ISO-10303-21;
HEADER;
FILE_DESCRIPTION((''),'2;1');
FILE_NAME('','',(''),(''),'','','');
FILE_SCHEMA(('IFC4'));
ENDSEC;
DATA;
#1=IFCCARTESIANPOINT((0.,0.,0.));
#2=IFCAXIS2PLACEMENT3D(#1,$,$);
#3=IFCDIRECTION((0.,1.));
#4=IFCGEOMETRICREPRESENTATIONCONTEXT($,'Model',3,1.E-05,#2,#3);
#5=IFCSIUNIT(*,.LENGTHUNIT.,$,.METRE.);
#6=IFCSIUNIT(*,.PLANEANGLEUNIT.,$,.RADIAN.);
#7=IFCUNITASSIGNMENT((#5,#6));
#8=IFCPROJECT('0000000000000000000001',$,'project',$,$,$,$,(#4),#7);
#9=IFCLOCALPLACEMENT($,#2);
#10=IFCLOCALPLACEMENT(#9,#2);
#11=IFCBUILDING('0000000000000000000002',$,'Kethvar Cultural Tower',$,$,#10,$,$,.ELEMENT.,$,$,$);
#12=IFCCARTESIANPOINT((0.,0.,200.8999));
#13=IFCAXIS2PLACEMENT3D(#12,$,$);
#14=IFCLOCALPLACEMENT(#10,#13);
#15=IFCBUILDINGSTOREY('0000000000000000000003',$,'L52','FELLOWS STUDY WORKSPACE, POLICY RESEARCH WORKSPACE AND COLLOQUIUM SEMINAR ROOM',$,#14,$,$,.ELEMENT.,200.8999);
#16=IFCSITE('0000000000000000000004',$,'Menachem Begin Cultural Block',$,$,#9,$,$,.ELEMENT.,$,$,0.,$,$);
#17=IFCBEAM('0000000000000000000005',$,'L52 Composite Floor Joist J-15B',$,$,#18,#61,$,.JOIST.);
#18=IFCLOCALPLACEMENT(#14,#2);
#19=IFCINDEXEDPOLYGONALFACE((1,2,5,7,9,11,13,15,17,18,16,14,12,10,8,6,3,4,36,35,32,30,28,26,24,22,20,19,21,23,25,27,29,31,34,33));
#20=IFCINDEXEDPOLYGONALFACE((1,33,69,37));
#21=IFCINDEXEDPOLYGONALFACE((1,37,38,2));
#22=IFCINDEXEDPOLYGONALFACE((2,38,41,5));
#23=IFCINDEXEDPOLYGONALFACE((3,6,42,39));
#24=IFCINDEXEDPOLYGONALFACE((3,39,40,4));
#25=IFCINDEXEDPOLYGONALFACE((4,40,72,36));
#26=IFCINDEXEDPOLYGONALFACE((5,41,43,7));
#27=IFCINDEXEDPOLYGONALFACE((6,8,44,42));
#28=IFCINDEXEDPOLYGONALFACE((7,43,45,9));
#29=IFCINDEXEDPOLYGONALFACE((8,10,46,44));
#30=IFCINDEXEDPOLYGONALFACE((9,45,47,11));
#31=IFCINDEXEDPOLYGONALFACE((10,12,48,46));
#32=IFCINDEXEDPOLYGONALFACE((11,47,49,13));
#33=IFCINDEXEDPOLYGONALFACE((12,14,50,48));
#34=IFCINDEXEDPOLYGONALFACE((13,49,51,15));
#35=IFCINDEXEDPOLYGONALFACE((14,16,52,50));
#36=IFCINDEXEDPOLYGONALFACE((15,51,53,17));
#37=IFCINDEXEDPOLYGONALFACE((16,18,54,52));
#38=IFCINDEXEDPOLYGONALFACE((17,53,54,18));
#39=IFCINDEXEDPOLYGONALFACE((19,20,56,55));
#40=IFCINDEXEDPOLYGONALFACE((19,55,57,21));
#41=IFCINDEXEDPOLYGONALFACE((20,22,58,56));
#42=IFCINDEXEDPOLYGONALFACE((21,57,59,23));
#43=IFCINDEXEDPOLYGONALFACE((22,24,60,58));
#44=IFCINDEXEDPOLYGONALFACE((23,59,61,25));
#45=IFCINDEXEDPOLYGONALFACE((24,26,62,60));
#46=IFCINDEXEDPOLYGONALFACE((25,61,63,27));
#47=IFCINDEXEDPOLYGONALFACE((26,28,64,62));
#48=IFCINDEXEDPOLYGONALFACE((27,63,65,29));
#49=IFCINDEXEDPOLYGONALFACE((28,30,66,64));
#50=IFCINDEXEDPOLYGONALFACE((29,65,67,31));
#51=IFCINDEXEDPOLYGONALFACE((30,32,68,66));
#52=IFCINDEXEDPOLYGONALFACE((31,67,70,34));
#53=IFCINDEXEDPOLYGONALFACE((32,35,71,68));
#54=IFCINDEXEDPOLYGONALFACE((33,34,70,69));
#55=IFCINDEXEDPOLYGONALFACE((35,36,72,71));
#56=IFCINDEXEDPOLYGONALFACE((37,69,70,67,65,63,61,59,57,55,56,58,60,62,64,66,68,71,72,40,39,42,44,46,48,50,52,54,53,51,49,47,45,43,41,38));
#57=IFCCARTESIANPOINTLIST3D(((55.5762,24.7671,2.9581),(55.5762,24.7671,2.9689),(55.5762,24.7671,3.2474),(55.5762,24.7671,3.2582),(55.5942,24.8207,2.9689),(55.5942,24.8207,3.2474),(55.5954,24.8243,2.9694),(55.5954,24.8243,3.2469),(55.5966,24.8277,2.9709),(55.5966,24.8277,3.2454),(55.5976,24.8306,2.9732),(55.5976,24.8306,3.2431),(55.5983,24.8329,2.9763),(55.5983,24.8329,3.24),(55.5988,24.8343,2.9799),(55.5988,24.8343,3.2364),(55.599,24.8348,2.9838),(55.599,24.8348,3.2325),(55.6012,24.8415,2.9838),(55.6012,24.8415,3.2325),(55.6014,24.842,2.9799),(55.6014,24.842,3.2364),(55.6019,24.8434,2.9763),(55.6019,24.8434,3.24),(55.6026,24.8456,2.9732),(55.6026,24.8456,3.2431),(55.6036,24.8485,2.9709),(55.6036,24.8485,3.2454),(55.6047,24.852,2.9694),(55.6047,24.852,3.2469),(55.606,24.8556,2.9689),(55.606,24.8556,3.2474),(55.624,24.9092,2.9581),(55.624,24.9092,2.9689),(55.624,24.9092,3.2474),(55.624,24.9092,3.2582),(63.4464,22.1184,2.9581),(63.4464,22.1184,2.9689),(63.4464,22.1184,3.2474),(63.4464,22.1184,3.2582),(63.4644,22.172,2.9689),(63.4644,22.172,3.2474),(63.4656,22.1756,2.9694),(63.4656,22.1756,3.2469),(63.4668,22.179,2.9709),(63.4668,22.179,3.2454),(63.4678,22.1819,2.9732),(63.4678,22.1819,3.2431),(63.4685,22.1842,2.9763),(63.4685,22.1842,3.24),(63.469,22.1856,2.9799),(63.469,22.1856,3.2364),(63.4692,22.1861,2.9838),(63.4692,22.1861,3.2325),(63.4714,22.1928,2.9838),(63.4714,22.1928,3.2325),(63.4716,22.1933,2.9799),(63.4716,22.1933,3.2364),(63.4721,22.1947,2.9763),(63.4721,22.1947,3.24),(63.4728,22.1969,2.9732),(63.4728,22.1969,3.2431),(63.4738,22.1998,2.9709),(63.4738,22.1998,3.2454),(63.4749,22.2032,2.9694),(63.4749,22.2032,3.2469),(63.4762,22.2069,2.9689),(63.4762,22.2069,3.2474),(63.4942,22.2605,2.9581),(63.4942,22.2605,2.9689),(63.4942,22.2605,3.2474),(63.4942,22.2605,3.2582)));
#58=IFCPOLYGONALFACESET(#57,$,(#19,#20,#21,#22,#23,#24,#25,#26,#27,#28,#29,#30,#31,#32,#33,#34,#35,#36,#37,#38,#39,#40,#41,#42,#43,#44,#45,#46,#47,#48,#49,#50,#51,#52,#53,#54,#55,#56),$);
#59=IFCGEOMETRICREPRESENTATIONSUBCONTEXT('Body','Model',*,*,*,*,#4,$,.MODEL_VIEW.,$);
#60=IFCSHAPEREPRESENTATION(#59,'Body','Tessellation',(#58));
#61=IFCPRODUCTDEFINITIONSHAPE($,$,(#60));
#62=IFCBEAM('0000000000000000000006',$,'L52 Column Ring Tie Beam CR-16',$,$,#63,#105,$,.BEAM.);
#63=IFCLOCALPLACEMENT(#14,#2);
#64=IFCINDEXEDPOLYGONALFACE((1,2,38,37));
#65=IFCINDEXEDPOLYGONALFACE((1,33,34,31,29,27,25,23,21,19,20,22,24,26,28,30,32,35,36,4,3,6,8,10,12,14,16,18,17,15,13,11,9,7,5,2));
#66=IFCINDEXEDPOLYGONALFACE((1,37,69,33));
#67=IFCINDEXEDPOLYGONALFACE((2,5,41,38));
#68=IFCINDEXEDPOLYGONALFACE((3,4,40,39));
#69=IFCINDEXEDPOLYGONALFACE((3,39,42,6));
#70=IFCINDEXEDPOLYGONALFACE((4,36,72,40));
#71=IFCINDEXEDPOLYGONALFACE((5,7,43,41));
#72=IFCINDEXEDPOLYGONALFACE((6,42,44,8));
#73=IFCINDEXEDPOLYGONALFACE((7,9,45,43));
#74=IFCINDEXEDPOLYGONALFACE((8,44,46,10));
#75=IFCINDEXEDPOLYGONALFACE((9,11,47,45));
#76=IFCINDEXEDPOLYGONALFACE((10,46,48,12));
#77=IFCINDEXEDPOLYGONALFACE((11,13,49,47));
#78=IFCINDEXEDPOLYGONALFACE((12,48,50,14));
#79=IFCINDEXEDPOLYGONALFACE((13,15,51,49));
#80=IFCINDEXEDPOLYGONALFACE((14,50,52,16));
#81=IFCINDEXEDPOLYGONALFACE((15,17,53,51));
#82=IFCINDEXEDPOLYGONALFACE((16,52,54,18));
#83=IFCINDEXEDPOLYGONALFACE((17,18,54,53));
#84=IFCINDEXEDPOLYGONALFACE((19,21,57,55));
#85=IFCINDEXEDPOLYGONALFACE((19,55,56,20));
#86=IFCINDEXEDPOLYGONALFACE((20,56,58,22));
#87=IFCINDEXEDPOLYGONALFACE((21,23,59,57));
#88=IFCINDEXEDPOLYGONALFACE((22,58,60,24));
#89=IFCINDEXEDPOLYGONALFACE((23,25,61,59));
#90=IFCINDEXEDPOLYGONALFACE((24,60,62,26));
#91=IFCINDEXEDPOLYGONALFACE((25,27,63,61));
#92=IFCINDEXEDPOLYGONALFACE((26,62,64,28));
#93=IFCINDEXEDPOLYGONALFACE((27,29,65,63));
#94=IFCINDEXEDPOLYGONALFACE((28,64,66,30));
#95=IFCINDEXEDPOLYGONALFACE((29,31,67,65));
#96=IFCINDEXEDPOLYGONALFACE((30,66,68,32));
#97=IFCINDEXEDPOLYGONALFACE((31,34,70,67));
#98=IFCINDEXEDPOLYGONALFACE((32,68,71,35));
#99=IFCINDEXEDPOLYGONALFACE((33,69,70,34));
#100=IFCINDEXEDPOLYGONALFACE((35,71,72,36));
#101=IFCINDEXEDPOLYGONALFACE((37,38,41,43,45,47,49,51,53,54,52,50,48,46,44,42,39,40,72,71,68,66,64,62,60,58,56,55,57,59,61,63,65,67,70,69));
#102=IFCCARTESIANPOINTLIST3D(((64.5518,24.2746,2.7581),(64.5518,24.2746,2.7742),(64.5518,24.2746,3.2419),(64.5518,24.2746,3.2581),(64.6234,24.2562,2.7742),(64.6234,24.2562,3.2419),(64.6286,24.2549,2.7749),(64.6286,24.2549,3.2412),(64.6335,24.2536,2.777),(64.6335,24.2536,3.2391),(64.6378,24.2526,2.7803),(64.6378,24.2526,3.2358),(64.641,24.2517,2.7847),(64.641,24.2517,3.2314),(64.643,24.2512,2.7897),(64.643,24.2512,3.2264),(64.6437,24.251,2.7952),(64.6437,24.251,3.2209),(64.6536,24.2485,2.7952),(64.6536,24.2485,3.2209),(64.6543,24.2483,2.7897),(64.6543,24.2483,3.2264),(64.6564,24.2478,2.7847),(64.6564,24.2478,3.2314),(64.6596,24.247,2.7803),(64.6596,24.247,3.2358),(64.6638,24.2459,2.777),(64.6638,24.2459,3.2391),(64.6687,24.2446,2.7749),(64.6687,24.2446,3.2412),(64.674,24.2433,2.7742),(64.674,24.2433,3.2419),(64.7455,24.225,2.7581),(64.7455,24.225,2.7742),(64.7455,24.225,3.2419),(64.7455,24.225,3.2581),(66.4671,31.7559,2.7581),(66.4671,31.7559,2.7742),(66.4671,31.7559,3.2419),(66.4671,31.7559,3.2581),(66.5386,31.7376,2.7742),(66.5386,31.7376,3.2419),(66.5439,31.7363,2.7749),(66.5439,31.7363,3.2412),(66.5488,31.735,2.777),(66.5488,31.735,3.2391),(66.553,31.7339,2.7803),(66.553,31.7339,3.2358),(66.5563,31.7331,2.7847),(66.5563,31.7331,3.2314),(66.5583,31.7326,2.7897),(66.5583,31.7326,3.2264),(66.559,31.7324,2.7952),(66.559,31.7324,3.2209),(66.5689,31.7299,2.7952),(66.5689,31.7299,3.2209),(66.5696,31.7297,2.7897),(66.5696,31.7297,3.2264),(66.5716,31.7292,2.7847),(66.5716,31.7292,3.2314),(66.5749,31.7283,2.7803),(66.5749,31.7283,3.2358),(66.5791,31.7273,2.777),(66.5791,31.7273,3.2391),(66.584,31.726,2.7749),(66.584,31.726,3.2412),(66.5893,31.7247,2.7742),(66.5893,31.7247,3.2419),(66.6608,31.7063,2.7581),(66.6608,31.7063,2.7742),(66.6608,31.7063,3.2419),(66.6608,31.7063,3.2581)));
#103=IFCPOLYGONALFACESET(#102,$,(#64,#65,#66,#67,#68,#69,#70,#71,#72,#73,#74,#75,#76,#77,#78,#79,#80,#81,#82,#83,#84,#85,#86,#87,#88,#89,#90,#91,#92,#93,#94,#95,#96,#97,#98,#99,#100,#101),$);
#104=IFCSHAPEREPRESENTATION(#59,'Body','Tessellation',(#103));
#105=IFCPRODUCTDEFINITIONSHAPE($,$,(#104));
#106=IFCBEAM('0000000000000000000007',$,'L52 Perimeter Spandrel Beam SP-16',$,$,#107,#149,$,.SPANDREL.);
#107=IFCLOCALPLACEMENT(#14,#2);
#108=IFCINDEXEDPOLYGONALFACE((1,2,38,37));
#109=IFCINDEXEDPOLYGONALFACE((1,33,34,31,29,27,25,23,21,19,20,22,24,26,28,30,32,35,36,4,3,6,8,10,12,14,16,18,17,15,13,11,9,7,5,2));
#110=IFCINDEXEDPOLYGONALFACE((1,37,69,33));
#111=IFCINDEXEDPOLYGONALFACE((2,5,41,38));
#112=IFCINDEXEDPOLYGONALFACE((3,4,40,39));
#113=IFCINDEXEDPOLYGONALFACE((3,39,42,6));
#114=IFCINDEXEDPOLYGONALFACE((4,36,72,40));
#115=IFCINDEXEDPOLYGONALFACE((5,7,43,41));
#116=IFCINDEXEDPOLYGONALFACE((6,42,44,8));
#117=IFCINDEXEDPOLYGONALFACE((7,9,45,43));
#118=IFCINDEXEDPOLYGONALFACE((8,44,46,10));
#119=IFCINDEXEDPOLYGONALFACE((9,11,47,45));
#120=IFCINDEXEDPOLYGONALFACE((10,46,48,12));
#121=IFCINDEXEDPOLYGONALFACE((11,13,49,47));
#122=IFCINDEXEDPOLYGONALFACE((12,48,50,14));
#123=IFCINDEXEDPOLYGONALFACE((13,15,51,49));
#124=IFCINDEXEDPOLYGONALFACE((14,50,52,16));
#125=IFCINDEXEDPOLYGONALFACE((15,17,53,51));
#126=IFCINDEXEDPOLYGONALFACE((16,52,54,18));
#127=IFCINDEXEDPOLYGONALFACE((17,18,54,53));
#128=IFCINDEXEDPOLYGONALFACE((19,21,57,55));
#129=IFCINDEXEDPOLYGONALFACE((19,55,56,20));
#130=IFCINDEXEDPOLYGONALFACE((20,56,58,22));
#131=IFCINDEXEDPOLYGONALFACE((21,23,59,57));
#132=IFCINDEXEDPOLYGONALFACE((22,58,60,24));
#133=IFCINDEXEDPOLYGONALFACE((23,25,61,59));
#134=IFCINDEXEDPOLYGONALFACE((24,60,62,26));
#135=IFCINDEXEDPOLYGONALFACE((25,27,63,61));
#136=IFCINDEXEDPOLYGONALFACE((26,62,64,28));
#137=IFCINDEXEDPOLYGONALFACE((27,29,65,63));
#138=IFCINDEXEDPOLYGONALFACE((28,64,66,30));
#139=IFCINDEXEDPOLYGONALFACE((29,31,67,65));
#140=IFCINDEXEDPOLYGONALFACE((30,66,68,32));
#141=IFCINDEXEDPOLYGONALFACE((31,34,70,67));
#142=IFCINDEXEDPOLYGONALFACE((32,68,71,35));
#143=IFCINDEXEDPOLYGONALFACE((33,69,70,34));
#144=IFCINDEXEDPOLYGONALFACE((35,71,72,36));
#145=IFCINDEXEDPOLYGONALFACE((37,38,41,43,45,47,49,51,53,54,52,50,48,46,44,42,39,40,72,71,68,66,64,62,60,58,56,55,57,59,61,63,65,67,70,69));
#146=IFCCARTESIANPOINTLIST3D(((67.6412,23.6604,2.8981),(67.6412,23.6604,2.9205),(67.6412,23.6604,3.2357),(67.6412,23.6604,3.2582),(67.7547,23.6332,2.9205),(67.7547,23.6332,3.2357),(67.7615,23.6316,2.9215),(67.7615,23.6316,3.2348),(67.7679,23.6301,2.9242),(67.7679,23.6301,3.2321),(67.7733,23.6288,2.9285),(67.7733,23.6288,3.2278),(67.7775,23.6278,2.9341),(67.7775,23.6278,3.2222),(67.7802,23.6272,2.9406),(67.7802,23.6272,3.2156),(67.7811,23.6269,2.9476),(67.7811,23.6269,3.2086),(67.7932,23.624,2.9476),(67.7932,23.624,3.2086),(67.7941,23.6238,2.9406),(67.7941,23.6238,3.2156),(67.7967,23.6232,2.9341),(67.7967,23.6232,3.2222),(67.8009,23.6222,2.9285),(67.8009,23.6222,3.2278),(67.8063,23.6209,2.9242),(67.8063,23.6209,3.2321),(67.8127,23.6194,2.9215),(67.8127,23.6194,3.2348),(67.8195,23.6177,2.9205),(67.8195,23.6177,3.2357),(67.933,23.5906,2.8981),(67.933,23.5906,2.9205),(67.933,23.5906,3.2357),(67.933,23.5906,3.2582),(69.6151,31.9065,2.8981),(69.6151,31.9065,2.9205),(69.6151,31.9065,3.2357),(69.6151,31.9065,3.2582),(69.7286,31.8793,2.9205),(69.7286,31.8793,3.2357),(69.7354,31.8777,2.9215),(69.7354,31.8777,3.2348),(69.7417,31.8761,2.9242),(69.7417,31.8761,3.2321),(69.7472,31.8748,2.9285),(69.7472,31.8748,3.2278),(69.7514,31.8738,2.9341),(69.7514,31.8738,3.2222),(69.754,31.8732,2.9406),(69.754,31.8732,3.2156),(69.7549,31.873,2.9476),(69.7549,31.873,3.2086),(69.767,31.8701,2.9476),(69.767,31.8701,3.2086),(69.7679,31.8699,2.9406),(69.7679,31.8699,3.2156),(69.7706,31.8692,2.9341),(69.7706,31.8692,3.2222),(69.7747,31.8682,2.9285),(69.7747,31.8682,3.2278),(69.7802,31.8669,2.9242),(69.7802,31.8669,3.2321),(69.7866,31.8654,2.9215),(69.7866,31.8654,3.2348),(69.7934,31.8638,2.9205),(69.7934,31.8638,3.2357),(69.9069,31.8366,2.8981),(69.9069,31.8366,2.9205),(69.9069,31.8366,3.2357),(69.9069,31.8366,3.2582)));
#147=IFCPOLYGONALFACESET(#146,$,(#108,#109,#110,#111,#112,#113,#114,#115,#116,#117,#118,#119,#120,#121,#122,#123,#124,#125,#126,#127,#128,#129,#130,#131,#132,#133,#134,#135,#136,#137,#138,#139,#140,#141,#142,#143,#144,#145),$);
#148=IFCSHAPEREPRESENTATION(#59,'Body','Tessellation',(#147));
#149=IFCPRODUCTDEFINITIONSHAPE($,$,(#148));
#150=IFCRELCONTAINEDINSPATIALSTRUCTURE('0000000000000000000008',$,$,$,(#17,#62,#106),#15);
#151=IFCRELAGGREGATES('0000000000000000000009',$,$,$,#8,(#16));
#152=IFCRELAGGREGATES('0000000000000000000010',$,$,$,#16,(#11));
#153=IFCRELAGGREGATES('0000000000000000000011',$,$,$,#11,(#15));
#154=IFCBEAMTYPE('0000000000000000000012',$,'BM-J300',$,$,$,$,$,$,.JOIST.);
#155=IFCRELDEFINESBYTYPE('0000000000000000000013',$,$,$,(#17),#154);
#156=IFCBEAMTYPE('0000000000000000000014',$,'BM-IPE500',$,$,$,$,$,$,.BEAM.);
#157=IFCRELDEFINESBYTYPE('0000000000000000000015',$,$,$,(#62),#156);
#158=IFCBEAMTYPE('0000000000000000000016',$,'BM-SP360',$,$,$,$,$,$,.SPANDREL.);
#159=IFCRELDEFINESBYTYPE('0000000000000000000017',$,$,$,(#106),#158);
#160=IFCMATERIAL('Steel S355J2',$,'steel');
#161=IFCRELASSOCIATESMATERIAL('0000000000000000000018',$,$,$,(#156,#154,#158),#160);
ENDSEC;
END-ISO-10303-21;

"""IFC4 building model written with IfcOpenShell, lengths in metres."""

from ifc_helpers import new_model, si_unit, direction, frame, origin, origin_2d, place, context, subcontext, project, spatial, i_section, extrude, source, transform, mapped, material, material_profile, profile_set, type_object, element, save


model = new_model("IFC4")

# Units and contexts
model_context = context("Model", 3, precision=1e-05, world=origin(), true_north=direction((0.0, 1.0)))
body_context = subcontext(model_context, "Body", "Model", "MODEL_VIEW")
ifc_project = project(units=[si_unit("LENGTHUNIT", "METRE"), si_unit("PLANEANGLEUNIT", "RADIAN")], contexts=[model_context])

# Site, building, storey
site_placement = place(None, origin())
site = spatial("IfcSite", under=ifc_project, at=site_placement, Name="Menachem Begin Cultural Block", CompositionType="ELEMENT", RefElevation=0.0)
building_placement = place(site_placement, origin())
building = spatial("IfcBuilding", under=site, at=building_placement, Name="Kethvar Cultural Tower", CompositionType="ELEMENT")
storey_placement = place(building_placement, frame((0.0, 0.0, 200.8999)))
storey = spatial("IfcBuildingStorey", under=building, at=storey_placement, Name="L52", Description="FELLOWS STUDY WORKSPACE, POLICY RESEARCH WORKSPACE AND COLLOQUIUM SEMINAR ROOM", CompositionType="ELEMENT", Elevation=200.8999)

# Beams
ifc_material_1 = material(Name="Steel S355J2", Category="steel")
ifc_material_profile_1 = material_profile(ifc_material_1, i_section(OverallWidth=0.2, OverallDepth=0.5, WebThickness=0.0103, FlangeThickness=0.0161, FilletRadius=0.021, at=origin_2d()), Name="Steel S355J2 — IPE500")
ifc_profile_set_1 = profile_set([ifc_material_profile_1], Name="Steel S355J2 — IPE500")
beam_type_1 = type_object("IfcBeamType", Name="BM-IPE500", PredefinedType="BEAM", material=ifc_profile_set_1)
ifc_material_profile_2 = material_profile(ifc_material_1, i_section(OverallWidth=0.1499, OverallDepth=0.3, WebThickness=0.0071, FlangeThickness=0.0107, FilletRadius=0.0149, at=origin_2d()), Name="Steel S355J2 — IPE300")
ifc_profile_set_2 = profile_set([ifc_material_profile_2], Name="Steel S355J2 — IPE300")
beam_type_2 = type_object("IfcBeamType", Name="BM-J300", PredefinedType="JOIST", material=ifc_profile_set_2)
shared_shape_1 = source(origin(), body_context, "Body", "SweptSolid", [
    extrude(i_section(OverallWidth=0.1499, OverallDepth=0.3, WebThickness=0.0071, FlangeThickness=0.0107, FilletRadius=0.0149, at=origin_2d()), origin(), (0.0, 0.0, 1.0), 8.304),
])
beam_1_placement = place(storey_placement, frame((55.6001, 24.8381, 3.1082), z_axis=(0.947765, -0.31897, 0.0), x_axis=(0.31897, 0.947765, 0.0)))
element("IfcBeam", 1, at=beam_1_placement, inside=storey, type_object=beam_type_2, Name="L52 Composite Floor Joist J-15B", PredefinedType="JOIST", context=body_context, shape_type="MappedRepresentation", body=[
    mapped(shared_shape_1, transform((0.0, 0.0, 0.0), scale=1.0)),
])
shared_shape_2 = source(origin(), body_context, "Body", "SweptSolid", [
    extrude(i_section(OverallWidth=0.2, OverallDepth=0.5, WebThickness=0.0103, FlangeThickness=0.0161, FilletRadius=0.021, at=origin_2d()), origin(), (0.0, 0.0, 1.0), 7.7227),
])
beam_2_placement = place(storey_placement, frame((64.6487, 24.2498, 3.0081), z_axis=(0.248006, 0.968758, 0.0), x_axis=(-0.968758, 0.248006, 0.0)))
element("IfcBeam", 2, at=beam_2_placement, inside=storey, type_object=beam_type_1, Name="L52 Column Ring Tie Beam CR-16", PredefinedType="BEAM", context=body_context, shape_type="MappedRepresentation", body=[
    mapped(shared_shape_2, transform((0.0, 0.0, 0.0), scale=1.0)),
])
ifc_material_profile_3 = material_profile(ifc_material_1, i_section(OverallWidth=0.3, OverallDepth=0.3601, WebThickness=0.0125, FlangeThickness=0.0225, FilletRadius=0.0271, at=origin_2d()), Name="Steel S355J2 — HEB360")
ifc_profile_set_3 = profile_set([ifc_material_profile_3], Name="Steel S355J2 — HEB360")
beam_type_3 = type_object("IfcBeamType", Name="BM-SP360", PredefinedType="SPANDREL", material=ifc_profile_set_3)
shared_shape_3 = source(origin(), body_context, "Body", "SweptSolid", [
    extrude(i_section(OverallWidth=0.3, OverallDepth=0.3601, WebThickness=0.0125, FlangeThickness=0.0225, FilletRadius=0.0271, at=origin_2d()), origin(), (0.0, 0.0, 1.0), 8.479),
])
beam_3_placement = place(storey_placement, frame((67.7871, 23.6255, 3.0781), z_axis=(0.232795, 0.972526, 0.0), x_axis=(-0.972526, 0.232795, 0.0)))
element("IfcBeam", 3, at=beam_3_placement, inside=storey, type_object=beam_type_3, Name="L52 Perimeter Spandrel Beam SP-16", PredefinedType="SPANDREL", context=body_context, shape_type="MappedRepresentation", body=[
    mapped(shared_shape_3, transform((0.0, 0.0, 0.0), scale=1.0)),
])

save(model, "model.ifc")
